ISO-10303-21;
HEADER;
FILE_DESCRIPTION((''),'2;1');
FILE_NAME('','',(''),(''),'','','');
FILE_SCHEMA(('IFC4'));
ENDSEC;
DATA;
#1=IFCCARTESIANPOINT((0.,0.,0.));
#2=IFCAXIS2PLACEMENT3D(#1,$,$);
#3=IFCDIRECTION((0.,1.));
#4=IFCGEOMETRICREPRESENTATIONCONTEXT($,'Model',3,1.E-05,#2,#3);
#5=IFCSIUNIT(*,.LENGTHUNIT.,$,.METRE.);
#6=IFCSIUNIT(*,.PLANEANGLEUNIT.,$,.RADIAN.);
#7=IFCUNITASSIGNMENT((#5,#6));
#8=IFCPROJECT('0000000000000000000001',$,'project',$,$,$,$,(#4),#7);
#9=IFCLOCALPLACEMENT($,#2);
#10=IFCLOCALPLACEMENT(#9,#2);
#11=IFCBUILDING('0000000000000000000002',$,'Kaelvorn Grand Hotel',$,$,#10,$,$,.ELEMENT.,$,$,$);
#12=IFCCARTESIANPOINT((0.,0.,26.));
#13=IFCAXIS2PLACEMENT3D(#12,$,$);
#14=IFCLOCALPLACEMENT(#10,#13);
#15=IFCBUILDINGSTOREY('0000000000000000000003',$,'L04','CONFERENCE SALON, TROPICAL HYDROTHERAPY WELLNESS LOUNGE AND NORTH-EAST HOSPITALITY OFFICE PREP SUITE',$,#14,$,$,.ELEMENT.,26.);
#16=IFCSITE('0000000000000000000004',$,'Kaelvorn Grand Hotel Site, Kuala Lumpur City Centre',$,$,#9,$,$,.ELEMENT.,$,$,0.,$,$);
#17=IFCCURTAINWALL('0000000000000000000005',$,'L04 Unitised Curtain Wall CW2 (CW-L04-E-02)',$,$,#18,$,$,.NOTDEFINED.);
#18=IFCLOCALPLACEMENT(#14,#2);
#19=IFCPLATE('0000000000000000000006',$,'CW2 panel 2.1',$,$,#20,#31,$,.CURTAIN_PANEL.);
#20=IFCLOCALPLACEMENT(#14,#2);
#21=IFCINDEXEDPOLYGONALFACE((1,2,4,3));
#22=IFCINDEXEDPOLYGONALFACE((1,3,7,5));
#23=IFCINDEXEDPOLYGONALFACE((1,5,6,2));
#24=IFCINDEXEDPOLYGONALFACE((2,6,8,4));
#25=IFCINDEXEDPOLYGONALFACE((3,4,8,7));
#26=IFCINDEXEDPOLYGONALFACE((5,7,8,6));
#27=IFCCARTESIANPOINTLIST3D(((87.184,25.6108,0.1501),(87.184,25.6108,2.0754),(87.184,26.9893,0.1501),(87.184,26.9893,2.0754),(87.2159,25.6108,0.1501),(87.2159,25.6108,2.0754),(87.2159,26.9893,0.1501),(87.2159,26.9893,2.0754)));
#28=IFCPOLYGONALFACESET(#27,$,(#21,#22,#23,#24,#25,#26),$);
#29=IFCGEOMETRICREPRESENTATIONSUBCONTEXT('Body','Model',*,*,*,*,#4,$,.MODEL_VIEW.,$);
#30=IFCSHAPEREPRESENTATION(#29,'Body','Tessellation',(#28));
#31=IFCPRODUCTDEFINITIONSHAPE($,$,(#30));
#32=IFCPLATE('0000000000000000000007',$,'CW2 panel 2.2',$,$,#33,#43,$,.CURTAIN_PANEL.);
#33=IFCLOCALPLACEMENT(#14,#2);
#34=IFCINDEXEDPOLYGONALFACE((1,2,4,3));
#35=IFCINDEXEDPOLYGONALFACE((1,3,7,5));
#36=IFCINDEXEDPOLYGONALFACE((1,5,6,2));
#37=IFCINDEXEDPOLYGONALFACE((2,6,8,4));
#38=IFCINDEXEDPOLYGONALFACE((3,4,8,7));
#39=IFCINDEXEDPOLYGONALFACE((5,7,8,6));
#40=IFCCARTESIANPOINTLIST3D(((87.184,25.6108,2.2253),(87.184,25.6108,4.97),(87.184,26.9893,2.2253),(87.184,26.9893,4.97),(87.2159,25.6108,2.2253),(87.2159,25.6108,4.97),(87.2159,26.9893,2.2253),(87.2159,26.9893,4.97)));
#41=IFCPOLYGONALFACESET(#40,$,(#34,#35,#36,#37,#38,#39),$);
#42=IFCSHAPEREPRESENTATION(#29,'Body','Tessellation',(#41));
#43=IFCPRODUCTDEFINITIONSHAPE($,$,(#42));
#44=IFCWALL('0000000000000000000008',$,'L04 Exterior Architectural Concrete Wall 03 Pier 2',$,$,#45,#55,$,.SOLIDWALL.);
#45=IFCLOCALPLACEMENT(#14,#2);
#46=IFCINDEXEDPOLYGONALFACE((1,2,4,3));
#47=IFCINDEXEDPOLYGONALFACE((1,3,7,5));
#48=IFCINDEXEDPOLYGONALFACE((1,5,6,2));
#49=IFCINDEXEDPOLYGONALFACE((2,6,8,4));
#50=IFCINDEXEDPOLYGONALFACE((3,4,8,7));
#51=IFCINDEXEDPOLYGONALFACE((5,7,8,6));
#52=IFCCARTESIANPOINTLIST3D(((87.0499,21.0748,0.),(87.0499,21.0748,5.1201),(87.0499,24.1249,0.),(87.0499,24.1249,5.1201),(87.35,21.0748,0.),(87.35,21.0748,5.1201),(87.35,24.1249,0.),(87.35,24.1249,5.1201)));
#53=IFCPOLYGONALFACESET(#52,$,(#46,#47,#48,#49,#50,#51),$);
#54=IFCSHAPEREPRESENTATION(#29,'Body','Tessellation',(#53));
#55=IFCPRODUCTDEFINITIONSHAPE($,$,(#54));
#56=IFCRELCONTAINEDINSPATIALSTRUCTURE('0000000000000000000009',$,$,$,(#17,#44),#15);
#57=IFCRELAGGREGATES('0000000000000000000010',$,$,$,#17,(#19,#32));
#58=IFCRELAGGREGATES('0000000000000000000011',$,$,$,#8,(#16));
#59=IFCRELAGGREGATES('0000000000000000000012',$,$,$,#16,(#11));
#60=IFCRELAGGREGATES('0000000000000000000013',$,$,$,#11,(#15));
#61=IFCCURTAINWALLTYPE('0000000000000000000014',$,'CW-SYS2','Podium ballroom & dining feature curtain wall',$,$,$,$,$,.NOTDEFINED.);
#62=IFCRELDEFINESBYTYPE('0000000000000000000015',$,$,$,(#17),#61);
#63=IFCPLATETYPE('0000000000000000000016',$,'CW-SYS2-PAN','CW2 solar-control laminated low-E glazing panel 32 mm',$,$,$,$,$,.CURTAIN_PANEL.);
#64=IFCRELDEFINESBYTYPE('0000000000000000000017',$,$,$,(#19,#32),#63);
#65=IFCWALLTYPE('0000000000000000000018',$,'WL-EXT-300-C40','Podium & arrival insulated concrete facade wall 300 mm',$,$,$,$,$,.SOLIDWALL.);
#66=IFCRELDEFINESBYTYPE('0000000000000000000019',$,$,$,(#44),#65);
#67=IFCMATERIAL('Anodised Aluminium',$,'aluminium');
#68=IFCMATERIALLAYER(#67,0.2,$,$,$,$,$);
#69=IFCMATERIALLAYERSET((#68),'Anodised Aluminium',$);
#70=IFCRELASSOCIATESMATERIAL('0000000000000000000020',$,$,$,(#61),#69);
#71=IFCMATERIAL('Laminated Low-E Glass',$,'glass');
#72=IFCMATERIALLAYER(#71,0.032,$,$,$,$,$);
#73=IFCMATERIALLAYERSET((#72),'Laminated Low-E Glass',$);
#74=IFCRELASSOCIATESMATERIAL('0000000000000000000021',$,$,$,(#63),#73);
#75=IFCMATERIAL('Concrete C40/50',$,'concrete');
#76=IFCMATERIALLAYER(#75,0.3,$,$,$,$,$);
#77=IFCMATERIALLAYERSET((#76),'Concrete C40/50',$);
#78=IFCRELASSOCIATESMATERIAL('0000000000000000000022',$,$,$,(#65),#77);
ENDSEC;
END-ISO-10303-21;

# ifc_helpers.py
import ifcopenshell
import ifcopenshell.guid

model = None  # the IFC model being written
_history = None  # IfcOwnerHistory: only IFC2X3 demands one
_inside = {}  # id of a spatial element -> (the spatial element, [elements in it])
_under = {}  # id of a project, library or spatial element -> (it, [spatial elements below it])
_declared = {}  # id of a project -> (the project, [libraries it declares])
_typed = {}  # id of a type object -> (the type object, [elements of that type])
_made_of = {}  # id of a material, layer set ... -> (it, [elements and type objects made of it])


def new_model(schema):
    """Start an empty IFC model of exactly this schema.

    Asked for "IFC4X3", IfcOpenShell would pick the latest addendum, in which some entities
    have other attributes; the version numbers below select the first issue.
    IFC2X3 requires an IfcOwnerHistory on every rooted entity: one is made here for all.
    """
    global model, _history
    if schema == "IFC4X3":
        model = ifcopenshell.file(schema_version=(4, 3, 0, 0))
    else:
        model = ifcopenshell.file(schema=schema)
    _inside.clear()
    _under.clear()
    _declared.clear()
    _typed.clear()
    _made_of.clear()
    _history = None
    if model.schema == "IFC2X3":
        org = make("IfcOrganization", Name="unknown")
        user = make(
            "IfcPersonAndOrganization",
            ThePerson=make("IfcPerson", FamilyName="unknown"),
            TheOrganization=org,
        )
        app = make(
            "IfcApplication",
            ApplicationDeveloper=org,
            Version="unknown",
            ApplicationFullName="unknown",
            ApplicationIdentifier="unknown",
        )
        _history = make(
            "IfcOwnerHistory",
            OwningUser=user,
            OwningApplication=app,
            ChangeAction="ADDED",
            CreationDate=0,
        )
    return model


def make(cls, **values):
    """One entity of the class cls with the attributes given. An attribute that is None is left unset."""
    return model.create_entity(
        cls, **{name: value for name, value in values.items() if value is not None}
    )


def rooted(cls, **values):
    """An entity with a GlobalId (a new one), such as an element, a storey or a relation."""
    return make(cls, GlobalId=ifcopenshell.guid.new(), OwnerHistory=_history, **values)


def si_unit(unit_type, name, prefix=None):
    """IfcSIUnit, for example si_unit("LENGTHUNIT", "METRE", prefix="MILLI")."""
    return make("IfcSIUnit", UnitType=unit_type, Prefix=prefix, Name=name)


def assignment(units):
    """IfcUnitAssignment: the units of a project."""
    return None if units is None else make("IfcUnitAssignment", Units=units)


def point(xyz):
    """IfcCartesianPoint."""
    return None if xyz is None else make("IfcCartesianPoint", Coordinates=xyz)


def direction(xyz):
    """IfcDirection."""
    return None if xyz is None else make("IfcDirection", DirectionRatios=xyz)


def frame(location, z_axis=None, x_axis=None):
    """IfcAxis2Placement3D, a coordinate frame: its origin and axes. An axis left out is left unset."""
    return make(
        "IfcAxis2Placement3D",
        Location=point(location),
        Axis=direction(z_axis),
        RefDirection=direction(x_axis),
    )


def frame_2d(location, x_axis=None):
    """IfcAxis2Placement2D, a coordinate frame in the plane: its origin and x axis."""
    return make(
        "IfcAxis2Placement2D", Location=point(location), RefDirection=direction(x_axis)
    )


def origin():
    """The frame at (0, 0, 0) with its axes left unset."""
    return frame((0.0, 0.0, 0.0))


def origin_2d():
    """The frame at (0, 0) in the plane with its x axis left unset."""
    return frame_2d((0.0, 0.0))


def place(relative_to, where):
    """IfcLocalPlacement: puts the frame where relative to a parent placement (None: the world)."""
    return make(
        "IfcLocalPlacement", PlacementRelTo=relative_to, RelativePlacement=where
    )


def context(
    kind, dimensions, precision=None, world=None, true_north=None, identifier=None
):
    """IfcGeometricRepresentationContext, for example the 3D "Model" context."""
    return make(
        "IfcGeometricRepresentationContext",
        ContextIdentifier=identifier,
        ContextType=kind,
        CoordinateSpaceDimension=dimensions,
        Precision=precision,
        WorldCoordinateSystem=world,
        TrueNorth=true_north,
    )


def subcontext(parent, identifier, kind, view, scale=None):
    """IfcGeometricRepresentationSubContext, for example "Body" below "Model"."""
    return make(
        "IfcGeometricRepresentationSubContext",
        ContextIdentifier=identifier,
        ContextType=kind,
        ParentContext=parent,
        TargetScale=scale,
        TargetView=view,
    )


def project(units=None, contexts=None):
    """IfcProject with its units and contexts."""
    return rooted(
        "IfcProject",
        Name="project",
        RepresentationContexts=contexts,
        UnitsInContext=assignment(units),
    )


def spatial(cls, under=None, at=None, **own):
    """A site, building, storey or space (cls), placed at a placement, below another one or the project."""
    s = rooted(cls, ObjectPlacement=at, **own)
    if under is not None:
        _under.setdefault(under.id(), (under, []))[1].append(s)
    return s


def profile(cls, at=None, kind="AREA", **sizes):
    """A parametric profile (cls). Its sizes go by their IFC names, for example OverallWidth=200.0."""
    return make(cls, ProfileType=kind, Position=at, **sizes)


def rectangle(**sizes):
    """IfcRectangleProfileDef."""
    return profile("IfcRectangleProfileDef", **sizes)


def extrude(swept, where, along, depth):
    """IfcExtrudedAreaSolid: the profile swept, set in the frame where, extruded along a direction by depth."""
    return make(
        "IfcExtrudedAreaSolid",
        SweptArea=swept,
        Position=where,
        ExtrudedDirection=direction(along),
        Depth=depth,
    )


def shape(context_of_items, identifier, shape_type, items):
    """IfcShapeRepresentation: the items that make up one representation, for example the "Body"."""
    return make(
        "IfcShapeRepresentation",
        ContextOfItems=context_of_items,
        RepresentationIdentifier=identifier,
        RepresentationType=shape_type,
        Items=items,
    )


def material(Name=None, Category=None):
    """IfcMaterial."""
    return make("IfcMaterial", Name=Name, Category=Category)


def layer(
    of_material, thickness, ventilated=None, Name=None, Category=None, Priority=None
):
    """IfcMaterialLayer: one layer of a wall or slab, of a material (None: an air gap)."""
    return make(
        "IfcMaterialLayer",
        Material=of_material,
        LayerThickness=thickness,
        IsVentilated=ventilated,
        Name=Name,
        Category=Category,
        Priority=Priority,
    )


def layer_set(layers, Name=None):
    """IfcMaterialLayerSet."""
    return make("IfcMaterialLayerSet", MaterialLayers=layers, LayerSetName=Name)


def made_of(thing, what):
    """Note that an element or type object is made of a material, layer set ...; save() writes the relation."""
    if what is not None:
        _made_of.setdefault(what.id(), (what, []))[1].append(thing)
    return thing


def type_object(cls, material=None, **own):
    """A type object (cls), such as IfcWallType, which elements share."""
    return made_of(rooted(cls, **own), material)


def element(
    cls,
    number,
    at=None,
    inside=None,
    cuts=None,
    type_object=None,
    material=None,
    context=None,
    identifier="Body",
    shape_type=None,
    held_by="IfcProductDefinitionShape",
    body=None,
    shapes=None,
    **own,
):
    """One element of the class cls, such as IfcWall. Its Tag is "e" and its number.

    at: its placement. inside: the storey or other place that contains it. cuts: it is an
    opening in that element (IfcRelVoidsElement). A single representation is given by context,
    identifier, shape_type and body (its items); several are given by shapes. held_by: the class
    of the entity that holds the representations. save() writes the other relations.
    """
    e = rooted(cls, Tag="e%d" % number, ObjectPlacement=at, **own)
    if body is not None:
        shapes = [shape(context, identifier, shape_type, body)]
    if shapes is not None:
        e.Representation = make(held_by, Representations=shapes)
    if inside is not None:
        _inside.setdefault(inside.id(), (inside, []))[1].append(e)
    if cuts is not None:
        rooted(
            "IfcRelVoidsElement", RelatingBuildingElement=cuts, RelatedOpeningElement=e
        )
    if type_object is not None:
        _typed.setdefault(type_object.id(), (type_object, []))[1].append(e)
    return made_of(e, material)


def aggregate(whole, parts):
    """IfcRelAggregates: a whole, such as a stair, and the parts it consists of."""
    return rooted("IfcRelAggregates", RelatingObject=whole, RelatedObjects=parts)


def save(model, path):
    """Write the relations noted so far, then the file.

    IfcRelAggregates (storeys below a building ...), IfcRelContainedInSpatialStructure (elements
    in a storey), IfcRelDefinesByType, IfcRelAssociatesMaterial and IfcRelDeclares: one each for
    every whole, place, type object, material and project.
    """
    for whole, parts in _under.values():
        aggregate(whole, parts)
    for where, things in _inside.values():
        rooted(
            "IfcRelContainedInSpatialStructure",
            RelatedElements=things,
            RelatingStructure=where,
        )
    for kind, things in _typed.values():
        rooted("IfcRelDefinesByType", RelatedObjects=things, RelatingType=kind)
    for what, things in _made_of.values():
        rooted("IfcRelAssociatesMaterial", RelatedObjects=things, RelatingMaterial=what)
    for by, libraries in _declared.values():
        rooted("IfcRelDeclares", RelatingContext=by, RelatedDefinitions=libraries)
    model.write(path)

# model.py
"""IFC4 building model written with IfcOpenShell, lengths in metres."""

from ifc_helpers import new_model, si_unit, direction, frame, frame_2d, origin, origin_2d, place, context, subcontext, project, spatial, rectangle, extrude, material, layer, layer_set, type_object, element, aggregate, save


model = new_model("IFC4")

# Units and contexts
model_context = context("Model", 3, precision=1e-05, world=origin(), true_north=direction((0.0, 1.0)))
body_context = subcontext(model_context, "Body", "Model", "MODEL_VIEW")
ifc_project = project(units=[si_unit("LENGTHUNIT", "METRE"), si_unit("PLANEANGLEUNIT", "RADIAN")], contexts=[model_context])

# Site, building, storey
site_placement = place(None, origin())
site = spatial("IfcSite", under=ifc_project, at=site_placement, Name="Kaelvorn Grand Hotel Site, Kuala Lumpur City Centre", CompositionType="ELEMENT", RefElevation=0.0)
building_placement = place(site_placement, origin())
building = spatial("IfcBuilding", under=site, at=building_placement, Name="Kaelvorn Grand Hotel", CompositionType="ELEMENT")
storey_placement = place(building_placement, frame((0.0, 0.0, 26.0)))
storey = spatial("IfcBuildingStorey", under=building, at=storey_placement, Name="L04", Description="CONFERENCE SALON, TROPICAL HYDROTHERAPY WELLNESS LOUNGE AND NORTH-EAST HOSPITALITY OFFICE PREP SUITE", CompositionType="ELEMENT", Elevation=26.0)

# Shared definitions
ifc_material_1 = material(Name="Anodised Aluminium", Category="aluminium")
ifc_layer_1 = layer(ifc_material_1, 0.2)
ifc_layer_set_1 = layer_set([ifc_layer_1], Name="Anodised Aluminium")
curtain_wall_type = type_object("IfcCurtainWallType", Name="CW-SYS2", Description="Podium ballroom & dining feature curtain wall", PredefinedType="NOTDEFINED", material=ifc_layer_set_1)

# Curtain wall
curtain_wall_1_placement = place(storey_placement, origin())
curtain_wall_1 = element("IfcCurtainWall", 1, at=curtain_wall_1_placement, inside=storey, type_object=curtain_wall_type, Name="L04 Unitised Curtain Wall CW2 (CW-L04-E-02)", PredefinedType="NOTDEFINED")

# Plates
ifc_material_2 = material(Name="Laminated Low-E Glass", Category="glass")
ifc_layer_2 = layer(ifc_material_2, 0.032)
ifc_layer_set_2 = layer_set([ifc_layer_2], Name="Laminated Low-E Glass")
plate_type = type_object("IfcPlateType", Name="CW-SYS2-PAN", Description="CW2 solar-control laminated low-E glazing panel 32 mm", PredefinedType="CURTAIN_PANEL", material=ifc_layer_set_2)
plate_1_placement = place(storey_placement, frame((87.2, 26.3, 0.1501), z_axis=(0.0, 0.0, 1.0), x_axis=(0.0, 1.0, 0.0)))
plate_1 = element("IfcPlate", 2, at=plate_1_placement, type_object=plate_type, Name="CW2 panel 2.1", PredefinedType="CURTAIN_PANEL", context=body_context, shape_type="SweptSolid", body=[
    extrude(rectangle(XDim=1.3784, YDim=0.032, at=origin_2d()), origin(), (0.0, 0.0, 1.0), 1.9253),
])
plate_2_placement = place(storey_placement, frame((87.2, 26.3, 2.2253), z_axis=(0.0, 0.0, 1.0), x_axis=(0.0, 1.0, 0.0)))
plate_2 = element("IfcPlate", 3, at=plate_2_placement, type_object=plate_type, Name="CW2 panel 2.2", PredefinedType="CURTAIN_PANEL", context=body_context, shape_type="SweptSolid", body=[
    extrude(rectangle(XDim=1.3784, YDim=0.032, at=origin_2d()), origin(), (0.0, 0.0, 1.0), 2.7446),
])
aggregate(curtain_wall_1, [plate_1, plate_2])

# Wall
ifc_material_3 = material(Name="Concrete C40/50", Category="concrete")
ifc_layer_3 = layer(ifc_material_3, 0.3)
ifc_layer_set_3 = layer_set([ifc_layer_3], Name="Concrete C40/50")
wall_type = type_object("IfcWallType", Name="WL-EXT-300-C40", Description="Podium & arrival insulated concrete facade wall 300 mm", PredefinedType="SOLIDWALL", material=ifc_layer_set_3)
wall_placement = place(storey_placement, frame((87.2, 21.075, 0.0), z_axis=(0.0, 0.0, 1.0), x_axis=(0.0, 1.0, 0.0)))
element("IfcWall", 4, at=wall_placement, inside=storey, type_object=wall_type, Name="L04 Exterior Architectural Concrete Wall 03 Pier 2", PredefinedType="SOLIDWALL", context=body_context, shape_type="SweptSolid", body=[
    extrude(rectangle(XDim=3.05, YDim=0.3, at=frame_2d((1.5249, 0.0))), origin(), (0.0, 0.0, 1.0), 5.1201),
])

save(model, "model.ifc")
